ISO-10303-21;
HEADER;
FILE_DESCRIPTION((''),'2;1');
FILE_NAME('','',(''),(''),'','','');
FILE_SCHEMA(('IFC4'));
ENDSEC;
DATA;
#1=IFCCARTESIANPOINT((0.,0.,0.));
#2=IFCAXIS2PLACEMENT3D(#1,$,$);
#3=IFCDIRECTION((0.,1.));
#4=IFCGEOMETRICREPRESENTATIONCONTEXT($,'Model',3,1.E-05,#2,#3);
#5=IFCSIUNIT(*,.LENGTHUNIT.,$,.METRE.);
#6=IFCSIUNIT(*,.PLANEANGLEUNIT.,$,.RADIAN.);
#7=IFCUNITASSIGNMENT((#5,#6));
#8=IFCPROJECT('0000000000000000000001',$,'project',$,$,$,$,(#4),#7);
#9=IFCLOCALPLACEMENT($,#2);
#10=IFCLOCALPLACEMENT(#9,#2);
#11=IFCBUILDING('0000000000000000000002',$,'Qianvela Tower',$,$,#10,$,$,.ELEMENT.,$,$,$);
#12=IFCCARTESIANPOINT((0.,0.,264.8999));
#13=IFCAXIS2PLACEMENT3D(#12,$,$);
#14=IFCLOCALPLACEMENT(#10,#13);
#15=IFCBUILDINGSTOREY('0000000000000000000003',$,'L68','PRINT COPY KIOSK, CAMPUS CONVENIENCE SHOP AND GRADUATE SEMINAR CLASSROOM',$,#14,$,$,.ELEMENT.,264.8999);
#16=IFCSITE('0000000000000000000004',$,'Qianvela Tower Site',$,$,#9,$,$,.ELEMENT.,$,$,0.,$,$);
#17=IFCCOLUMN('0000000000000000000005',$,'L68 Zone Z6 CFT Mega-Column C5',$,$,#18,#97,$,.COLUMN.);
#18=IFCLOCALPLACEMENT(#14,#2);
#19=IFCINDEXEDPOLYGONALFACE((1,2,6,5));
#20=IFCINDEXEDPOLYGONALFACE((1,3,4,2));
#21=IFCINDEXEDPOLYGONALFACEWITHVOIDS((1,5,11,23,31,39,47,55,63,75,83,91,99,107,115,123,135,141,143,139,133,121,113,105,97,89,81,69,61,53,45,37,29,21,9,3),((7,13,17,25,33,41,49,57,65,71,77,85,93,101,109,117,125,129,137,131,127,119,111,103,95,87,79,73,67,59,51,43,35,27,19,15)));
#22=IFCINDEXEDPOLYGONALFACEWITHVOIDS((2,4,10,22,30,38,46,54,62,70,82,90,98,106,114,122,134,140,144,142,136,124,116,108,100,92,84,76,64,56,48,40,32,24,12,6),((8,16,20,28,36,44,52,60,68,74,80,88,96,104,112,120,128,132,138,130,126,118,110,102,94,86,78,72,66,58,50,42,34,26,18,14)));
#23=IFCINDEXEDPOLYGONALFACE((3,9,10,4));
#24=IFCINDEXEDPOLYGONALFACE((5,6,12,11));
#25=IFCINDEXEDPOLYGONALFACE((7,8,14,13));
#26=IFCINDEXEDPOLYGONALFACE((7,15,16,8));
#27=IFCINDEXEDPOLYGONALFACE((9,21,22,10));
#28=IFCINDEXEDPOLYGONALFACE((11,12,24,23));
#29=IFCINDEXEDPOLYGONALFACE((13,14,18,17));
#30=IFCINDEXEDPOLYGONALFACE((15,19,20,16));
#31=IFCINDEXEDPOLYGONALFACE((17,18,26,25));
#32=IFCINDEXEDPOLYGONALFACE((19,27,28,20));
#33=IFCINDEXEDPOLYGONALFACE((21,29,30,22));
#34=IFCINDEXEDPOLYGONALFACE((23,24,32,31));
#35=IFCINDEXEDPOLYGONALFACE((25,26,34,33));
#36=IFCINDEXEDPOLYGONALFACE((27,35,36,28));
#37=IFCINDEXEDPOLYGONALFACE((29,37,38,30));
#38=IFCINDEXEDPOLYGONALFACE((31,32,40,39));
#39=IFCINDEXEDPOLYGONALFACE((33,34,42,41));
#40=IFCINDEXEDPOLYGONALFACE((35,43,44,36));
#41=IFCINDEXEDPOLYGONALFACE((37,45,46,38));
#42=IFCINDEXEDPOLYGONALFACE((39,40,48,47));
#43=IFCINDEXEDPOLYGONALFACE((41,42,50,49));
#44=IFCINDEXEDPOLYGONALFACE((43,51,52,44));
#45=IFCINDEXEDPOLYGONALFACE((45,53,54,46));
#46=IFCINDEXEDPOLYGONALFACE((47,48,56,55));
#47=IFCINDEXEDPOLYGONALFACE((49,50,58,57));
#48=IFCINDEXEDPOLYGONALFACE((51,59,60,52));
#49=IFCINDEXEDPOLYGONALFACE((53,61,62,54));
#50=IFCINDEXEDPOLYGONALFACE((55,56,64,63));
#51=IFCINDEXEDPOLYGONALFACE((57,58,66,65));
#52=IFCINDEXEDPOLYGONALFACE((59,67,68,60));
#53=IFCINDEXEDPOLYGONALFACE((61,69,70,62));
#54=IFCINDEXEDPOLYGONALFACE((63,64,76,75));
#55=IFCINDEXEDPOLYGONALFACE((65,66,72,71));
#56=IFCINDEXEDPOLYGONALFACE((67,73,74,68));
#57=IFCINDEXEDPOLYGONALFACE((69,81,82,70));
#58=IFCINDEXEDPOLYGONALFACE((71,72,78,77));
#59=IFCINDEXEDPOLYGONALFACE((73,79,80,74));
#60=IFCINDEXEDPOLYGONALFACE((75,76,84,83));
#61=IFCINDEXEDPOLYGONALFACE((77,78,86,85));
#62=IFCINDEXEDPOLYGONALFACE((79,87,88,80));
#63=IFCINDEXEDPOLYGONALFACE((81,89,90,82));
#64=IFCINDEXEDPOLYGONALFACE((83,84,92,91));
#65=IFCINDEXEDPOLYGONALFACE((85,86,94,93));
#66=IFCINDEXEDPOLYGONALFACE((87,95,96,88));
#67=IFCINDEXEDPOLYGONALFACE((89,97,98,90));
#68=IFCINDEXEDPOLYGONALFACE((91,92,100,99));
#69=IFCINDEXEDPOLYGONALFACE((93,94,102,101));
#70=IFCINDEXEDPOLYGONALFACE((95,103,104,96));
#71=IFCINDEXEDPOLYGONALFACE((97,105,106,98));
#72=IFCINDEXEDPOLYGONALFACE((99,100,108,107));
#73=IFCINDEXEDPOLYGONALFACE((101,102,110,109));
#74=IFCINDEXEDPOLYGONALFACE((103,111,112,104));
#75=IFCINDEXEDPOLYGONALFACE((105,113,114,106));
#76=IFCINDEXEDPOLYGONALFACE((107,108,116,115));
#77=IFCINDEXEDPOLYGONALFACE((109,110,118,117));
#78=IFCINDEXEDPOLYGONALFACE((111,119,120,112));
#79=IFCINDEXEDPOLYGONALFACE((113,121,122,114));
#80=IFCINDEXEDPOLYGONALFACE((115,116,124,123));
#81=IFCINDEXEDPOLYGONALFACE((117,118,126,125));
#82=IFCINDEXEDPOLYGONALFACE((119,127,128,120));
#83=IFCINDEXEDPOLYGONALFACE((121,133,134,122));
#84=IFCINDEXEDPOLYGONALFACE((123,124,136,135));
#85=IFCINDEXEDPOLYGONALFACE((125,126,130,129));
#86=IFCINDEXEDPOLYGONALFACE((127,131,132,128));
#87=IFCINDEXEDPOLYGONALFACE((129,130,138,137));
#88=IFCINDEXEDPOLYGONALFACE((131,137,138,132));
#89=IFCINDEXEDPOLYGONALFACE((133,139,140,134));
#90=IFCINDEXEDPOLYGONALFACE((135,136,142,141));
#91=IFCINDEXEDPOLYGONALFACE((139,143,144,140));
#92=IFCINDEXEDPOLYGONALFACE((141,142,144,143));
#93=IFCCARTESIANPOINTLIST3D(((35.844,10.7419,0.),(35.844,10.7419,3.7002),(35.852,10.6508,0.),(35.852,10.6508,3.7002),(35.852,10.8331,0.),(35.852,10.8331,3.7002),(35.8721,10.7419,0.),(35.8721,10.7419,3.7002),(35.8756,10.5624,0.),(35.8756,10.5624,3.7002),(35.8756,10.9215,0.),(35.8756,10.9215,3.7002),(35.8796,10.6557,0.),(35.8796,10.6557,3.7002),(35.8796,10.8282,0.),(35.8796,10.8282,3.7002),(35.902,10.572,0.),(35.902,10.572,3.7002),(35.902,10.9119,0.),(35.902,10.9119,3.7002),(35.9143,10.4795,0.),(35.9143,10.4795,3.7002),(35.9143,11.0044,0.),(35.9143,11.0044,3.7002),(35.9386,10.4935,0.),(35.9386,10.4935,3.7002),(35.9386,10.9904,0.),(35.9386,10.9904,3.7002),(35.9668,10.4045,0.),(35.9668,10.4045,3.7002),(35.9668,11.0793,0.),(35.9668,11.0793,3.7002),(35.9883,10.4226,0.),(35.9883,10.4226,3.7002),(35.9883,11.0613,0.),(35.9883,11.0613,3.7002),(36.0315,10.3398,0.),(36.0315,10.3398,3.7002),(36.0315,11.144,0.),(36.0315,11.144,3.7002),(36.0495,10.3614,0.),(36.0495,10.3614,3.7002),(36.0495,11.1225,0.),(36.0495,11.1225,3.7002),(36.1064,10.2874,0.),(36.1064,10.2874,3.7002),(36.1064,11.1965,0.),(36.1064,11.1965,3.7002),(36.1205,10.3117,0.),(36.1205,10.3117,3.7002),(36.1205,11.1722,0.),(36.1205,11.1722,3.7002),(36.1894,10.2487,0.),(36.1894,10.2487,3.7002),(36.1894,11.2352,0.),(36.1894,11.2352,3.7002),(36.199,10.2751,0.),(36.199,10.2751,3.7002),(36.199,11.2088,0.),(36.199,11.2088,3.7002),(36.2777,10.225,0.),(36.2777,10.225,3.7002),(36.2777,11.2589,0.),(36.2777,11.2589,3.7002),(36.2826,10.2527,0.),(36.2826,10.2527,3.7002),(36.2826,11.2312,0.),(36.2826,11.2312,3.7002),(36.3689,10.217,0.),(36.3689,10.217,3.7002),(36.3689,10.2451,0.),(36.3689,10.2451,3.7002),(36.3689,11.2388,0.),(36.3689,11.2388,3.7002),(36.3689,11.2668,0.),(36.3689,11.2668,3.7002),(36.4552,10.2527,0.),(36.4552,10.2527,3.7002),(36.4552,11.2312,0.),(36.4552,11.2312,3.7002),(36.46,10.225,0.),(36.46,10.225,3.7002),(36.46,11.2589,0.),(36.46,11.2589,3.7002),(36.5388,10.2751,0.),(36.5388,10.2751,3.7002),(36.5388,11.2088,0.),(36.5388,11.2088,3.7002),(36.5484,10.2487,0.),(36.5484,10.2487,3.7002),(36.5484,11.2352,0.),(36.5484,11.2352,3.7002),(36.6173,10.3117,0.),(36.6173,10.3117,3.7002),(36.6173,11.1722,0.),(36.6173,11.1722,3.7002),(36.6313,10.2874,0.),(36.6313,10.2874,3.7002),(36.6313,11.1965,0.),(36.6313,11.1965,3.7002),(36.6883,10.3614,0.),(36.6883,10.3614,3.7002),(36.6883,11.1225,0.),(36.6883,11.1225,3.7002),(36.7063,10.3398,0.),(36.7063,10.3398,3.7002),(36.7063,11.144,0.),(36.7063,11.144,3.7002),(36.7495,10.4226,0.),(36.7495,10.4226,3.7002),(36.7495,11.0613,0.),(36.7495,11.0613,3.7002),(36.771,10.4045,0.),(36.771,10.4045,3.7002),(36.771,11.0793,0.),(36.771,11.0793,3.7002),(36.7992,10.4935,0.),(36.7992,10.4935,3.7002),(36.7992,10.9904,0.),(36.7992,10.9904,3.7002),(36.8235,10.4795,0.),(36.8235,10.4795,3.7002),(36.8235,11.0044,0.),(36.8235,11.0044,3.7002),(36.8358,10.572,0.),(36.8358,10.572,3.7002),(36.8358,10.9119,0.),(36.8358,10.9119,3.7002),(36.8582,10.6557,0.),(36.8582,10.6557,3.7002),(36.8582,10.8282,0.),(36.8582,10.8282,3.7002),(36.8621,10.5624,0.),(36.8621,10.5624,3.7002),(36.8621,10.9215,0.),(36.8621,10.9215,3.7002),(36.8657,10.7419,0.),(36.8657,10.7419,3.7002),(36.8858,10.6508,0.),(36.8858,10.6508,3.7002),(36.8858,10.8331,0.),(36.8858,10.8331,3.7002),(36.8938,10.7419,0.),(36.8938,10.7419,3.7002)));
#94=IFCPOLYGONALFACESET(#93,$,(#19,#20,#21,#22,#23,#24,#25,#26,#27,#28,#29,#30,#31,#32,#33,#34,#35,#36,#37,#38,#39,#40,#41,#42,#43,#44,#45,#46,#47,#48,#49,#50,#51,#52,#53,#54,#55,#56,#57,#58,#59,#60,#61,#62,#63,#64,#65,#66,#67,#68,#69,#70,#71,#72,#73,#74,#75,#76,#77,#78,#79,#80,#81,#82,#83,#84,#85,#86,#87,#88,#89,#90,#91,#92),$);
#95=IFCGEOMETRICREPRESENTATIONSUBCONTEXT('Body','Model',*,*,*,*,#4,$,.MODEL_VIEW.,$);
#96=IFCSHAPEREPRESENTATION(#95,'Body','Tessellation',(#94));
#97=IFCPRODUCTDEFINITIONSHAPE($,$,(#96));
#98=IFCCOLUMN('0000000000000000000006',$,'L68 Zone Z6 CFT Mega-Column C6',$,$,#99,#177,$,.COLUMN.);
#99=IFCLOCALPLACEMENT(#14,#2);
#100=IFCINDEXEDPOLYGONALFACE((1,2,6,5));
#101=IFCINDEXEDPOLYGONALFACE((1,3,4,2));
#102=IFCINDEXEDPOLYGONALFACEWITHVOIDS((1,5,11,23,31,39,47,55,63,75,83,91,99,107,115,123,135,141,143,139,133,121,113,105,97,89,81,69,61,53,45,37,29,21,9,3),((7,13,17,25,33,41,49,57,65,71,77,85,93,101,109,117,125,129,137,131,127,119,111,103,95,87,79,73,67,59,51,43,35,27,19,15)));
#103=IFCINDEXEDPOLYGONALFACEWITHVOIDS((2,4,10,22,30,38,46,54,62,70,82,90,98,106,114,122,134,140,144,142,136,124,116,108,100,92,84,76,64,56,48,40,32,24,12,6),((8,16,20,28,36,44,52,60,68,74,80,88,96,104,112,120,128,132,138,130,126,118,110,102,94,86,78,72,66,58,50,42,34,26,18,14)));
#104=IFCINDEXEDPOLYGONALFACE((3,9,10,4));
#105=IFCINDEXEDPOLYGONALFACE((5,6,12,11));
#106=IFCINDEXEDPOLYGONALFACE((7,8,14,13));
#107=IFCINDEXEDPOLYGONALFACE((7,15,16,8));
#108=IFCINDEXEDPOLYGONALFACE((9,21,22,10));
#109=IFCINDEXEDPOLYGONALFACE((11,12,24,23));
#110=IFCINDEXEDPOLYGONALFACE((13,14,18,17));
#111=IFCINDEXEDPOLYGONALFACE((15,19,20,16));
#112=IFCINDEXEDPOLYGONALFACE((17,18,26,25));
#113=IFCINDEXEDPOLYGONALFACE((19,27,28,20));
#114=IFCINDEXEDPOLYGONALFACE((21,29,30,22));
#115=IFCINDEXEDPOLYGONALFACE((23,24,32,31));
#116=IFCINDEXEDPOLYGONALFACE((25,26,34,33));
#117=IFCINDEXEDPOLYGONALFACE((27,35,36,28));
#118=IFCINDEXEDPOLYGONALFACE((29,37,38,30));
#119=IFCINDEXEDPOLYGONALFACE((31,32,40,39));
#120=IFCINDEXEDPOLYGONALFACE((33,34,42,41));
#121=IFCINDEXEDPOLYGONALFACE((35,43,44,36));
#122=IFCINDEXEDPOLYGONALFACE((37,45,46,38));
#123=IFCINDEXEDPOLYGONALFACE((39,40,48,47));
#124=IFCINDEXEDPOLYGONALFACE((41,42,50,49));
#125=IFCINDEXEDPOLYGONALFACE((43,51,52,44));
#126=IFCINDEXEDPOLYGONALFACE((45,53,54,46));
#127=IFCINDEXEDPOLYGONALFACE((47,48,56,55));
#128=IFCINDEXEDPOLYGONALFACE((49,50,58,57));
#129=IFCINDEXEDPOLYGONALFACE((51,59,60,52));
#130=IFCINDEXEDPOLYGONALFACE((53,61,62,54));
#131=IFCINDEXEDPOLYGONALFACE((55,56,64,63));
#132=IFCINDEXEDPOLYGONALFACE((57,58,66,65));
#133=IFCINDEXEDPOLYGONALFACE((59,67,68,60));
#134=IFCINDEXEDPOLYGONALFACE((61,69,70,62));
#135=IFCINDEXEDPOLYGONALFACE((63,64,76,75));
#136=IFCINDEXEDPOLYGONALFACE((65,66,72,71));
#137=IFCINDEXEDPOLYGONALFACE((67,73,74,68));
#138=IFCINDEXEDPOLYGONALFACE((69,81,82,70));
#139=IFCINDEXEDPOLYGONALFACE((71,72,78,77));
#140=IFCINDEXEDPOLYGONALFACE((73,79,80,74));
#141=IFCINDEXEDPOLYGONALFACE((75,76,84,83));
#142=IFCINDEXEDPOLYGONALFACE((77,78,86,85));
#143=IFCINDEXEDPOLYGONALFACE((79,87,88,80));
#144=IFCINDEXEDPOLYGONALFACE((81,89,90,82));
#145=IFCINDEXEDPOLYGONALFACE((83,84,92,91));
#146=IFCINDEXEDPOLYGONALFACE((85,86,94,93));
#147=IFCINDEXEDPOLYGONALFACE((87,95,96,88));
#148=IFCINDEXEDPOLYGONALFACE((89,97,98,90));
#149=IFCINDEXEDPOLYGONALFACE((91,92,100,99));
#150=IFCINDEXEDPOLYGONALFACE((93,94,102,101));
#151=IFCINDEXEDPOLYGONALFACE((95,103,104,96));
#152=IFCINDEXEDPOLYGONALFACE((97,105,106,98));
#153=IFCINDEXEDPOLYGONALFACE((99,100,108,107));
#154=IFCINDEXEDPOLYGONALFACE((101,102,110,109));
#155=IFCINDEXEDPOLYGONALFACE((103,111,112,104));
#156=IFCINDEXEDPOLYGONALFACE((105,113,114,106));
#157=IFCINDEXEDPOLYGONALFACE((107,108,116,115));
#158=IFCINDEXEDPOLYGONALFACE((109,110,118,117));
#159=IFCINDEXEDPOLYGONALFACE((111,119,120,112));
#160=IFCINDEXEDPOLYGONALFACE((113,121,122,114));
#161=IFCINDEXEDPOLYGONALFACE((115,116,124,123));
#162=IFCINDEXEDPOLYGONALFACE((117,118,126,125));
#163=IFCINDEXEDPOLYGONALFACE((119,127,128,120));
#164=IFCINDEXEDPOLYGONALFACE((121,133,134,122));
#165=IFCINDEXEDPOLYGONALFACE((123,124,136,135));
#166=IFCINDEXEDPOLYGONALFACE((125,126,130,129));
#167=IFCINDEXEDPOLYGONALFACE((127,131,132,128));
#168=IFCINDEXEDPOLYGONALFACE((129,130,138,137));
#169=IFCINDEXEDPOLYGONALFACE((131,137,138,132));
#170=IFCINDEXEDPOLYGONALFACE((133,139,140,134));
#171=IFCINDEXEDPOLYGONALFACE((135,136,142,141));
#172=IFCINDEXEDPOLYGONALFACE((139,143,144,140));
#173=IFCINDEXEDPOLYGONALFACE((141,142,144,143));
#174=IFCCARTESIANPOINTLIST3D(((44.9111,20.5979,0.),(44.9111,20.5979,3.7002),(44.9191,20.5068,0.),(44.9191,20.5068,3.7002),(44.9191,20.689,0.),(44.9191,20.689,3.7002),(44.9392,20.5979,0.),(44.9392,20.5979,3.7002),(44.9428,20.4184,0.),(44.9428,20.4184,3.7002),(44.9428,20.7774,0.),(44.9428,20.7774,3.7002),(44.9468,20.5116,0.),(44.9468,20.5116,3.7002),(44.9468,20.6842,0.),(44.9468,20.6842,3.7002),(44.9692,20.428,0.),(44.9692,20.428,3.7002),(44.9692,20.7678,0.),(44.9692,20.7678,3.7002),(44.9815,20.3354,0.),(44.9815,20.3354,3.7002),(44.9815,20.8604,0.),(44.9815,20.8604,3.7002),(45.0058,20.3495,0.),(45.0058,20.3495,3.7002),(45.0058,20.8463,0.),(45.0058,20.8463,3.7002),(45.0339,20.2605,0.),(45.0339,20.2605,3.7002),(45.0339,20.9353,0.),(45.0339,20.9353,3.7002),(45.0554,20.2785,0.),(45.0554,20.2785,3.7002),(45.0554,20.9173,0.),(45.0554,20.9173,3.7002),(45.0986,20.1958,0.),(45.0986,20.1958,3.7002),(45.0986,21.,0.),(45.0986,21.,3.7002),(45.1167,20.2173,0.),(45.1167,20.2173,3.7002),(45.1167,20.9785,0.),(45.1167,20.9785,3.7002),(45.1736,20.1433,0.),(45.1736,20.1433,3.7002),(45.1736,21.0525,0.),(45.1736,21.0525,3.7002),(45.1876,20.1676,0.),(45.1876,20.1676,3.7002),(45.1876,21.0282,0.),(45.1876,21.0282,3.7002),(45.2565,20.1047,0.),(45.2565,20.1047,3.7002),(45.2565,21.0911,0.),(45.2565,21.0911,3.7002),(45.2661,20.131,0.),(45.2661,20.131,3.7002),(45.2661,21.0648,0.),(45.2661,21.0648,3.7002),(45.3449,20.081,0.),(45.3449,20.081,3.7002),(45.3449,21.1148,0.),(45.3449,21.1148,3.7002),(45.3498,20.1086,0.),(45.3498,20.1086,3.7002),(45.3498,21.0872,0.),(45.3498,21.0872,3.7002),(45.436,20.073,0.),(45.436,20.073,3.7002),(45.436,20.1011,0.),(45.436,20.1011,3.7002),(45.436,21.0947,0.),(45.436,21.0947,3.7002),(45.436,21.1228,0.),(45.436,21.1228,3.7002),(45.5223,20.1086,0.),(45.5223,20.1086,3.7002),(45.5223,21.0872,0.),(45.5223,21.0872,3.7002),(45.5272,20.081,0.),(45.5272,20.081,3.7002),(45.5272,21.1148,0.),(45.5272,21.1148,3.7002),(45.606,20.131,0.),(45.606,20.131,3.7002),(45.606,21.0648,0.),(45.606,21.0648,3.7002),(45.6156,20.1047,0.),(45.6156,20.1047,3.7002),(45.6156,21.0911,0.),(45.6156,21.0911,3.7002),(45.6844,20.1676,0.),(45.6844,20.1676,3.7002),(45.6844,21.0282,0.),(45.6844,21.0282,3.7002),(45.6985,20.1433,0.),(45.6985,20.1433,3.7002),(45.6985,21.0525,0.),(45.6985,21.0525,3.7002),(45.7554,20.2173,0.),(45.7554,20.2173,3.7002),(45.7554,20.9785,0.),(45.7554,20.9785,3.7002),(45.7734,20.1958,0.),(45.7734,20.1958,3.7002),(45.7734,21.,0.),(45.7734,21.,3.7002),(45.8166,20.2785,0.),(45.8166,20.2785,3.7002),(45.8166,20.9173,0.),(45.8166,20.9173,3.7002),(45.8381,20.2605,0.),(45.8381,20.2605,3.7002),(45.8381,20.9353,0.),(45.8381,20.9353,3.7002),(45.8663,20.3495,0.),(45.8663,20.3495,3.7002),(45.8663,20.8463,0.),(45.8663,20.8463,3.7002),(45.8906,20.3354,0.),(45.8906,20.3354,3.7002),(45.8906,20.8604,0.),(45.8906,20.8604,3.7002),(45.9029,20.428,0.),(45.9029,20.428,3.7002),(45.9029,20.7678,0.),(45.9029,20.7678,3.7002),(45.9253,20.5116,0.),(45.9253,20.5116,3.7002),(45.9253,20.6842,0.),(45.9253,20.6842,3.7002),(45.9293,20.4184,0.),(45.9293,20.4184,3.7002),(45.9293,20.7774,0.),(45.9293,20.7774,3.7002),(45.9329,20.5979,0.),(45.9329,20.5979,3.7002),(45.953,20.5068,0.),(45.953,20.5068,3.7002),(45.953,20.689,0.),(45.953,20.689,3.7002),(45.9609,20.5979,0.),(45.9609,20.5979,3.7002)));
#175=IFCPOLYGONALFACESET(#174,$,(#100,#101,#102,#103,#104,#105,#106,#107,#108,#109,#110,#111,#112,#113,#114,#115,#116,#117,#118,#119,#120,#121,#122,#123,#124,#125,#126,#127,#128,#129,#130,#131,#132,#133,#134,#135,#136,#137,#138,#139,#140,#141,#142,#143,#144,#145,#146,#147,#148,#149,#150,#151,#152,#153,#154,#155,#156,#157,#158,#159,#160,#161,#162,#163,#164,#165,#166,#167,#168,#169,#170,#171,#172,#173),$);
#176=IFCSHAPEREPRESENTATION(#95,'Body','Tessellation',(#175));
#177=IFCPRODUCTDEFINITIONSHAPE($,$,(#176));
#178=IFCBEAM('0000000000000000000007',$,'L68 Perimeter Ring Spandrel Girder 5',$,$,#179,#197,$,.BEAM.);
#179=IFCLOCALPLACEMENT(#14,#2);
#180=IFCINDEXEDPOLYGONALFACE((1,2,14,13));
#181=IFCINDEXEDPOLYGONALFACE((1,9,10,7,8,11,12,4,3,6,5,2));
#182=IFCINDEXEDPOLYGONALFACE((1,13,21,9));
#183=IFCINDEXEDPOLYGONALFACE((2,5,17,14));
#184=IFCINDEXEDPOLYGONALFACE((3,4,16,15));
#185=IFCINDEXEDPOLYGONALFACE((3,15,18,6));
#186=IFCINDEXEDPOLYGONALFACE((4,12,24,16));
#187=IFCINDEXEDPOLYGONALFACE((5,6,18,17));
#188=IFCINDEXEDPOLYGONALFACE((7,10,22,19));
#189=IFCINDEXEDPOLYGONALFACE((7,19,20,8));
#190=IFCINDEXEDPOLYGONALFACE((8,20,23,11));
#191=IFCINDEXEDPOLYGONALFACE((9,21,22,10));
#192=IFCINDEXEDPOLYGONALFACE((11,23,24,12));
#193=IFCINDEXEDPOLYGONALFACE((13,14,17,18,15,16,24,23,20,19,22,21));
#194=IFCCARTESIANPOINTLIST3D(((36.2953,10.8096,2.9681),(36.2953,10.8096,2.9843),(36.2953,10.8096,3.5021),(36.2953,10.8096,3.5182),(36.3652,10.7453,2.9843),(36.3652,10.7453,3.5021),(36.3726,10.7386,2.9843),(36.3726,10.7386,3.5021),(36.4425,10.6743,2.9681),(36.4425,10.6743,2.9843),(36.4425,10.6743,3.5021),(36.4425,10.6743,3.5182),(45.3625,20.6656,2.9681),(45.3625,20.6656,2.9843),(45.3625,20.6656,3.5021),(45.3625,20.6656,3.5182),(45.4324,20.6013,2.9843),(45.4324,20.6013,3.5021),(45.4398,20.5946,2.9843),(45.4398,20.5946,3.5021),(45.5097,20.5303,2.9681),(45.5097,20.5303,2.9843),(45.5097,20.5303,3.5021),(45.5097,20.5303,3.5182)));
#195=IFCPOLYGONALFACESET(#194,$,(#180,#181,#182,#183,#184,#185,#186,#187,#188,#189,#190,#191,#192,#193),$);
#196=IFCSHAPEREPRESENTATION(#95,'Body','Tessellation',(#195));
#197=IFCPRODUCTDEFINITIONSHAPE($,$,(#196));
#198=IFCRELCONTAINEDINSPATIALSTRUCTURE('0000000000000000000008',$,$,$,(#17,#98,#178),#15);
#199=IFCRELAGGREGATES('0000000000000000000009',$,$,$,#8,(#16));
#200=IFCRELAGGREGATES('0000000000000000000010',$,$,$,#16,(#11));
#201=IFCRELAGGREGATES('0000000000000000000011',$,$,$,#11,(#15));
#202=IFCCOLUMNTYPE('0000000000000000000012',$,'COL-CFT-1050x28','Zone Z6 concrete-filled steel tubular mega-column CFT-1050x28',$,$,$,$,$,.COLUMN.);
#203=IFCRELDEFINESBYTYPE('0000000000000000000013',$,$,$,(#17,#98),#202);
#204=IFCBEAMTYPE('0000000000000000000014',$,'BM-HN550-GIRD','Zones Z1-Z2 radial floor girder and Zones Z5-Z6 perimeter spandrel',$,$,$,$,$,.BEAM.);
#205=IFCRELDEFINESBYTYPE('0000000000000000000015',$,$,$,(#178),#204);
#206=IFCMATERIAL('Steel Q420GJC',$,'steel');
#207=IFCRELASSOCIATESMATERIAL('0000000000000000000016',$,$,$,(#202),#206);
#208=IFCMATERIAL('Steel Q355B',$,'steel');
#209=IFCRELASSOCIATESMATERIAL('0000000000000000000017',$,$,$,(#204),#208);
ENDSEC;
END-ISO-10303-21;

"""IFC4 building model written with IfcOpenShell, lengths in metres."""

from ifc_helpers import new_model, si_unit, direction, frame, origin, origin_2d, place, context, subcontext, project, spatial, hollow_circle, i_section, extrude, material, material_profile, profile_set, type_object, element, save


model = new_model("IFC4")

# Units and contexts
model_context = context("Model", 3, precision=1e-05, world=origin(), true_north=direction((0.0, 1.0)))
body_context = subcontext(model_context, "Body", "Model", "MODEL_VIEW")
ifc_project = project(units=[si_unit("LENGTHUNIT", "METRE"), si_unit("PLANEANGLEUNIT", "RADIAN")], contexts=[model_context])

# Site, building, storey
site_placement = place(None, origin())
site = spatial("IfcSite", under=ifc_project, at=site_placement, Name="Qianvela Tower Site", CompositionType="ELEMENT", RefElevation=0.0)
building_placement = place(site_placement, origin())
building = spatial("IfcBuilding", under=site, at=building_placement, Name="Qianvela Tower", CompositionType="ELEMENT")
storey_placement = place(building_placement, frame((0.0, 0.0, 264.8999)))
storey = spatial("IfcBuildingStorey", under=building, at=storey_placement, Name="L68", Description="PRINT COPY KIOSK, CAMPUS CONVENIENCE SHOP AND GRADUATE SEMINAR CLASSROOM", CompositionType="ELEMENT", Elevation=264.8999)

# Columns
ifc_material_1 = material(Name="Steel Q420GJC", Category="steel")
ifc_material_profile_1 = material_profile(ifc_material_1, hollow_circle(Radius=0.5249, WallThickness=0.0281, at=origin_2d()), Name="CFT-1050x28")
ifc_profile_set_1 = profile_set([ifc_material_profile_1], Name="Steel Q420GJC")
column_type = type_object("IfcColumnType", Name="COL-CFT-1050x28", Description="Zone Z6 concrete-filled steel tubular mega-column CFT-1050x28", PredefinedType="COLUMN", material=ifc_profile_set_1)
for number, where, z_axis, x_axis, name in (
    (1, (36.3689, 10.7419, 0.0), (0.0, 0.0, 1.0), (1.0, 0.0, 0.0), "L68 Zone Z6 CFT Mega-Column C5"),
    (2, (45.436, 20.5979, 0.0), (0.0, 0.0, 1.0), (1.0, 0.0, 0.0), "L68 Zone Z6 CFT Mega-Column C6"),
):
    element("IfcColumn", number, at=place(storey_placement, frame(where, z_axis=z_axis, x_axis=x_axis)), inside=storey, type_object=column_type, Name=name, PredefinedType="COLUMN", context=body_context, shape_type="SweptSolid", body=[
        extrude(hollow_circle(Radius=0.5249, WallThickness=0.0281, at=origin_2d()), origin(), (0.0, 0.0, 1.0), 3.7002),
    ])

# Beam
ifc_material_2 = material(Name="Steel Q355B", Category="steel")
ifc_material_profile_2 = material_profile(ifc_material_2, i_section(OverallWidth=0.2, OverallDepth=0.55, WebThickness=0.01, FlangeThickness=0.0161, at=origin_2d()), Name="HN550x200x10x16")
ifc_profile_set_2 = profile_set([ifc_material_profile_2], Name="Steel Q355B")
beam_type_1 = type_object("IfcBeamType", Name="BM-HN550-GIRD", Description="Zones Z1-Z2 radial floor girder and Zones Z5-Z6 perimeter spandrel", PredefinedType="BEAM", material=ifc_profile_set_2)
beam_1_placement = place(storey_placement, frame((36.3689, 10.7419, 3.2432), z_axis=(0.677043, 0.735944, 0.0), x_axis=(-0.735944, 0.677043, 0.0)))
element("IfcBeam", 3, at=beam_1_placement, inside=storey, type_object=beam_type_1, Name="L68 Perimeter Ring Spandrel Girder 5", PredefinedType="BEAM", context=body_context, shape_type="SweptSolid", body=[
    extrude(i_section(OverallWidth=0.2, OverallDepth=0.55, WebThickness=0.01, FlangeThickness=0.0161, at=origin_2d()), origin(), (0.0, 0.0, 1.0), 13.3923),
])

save(model, "model.ifc")
